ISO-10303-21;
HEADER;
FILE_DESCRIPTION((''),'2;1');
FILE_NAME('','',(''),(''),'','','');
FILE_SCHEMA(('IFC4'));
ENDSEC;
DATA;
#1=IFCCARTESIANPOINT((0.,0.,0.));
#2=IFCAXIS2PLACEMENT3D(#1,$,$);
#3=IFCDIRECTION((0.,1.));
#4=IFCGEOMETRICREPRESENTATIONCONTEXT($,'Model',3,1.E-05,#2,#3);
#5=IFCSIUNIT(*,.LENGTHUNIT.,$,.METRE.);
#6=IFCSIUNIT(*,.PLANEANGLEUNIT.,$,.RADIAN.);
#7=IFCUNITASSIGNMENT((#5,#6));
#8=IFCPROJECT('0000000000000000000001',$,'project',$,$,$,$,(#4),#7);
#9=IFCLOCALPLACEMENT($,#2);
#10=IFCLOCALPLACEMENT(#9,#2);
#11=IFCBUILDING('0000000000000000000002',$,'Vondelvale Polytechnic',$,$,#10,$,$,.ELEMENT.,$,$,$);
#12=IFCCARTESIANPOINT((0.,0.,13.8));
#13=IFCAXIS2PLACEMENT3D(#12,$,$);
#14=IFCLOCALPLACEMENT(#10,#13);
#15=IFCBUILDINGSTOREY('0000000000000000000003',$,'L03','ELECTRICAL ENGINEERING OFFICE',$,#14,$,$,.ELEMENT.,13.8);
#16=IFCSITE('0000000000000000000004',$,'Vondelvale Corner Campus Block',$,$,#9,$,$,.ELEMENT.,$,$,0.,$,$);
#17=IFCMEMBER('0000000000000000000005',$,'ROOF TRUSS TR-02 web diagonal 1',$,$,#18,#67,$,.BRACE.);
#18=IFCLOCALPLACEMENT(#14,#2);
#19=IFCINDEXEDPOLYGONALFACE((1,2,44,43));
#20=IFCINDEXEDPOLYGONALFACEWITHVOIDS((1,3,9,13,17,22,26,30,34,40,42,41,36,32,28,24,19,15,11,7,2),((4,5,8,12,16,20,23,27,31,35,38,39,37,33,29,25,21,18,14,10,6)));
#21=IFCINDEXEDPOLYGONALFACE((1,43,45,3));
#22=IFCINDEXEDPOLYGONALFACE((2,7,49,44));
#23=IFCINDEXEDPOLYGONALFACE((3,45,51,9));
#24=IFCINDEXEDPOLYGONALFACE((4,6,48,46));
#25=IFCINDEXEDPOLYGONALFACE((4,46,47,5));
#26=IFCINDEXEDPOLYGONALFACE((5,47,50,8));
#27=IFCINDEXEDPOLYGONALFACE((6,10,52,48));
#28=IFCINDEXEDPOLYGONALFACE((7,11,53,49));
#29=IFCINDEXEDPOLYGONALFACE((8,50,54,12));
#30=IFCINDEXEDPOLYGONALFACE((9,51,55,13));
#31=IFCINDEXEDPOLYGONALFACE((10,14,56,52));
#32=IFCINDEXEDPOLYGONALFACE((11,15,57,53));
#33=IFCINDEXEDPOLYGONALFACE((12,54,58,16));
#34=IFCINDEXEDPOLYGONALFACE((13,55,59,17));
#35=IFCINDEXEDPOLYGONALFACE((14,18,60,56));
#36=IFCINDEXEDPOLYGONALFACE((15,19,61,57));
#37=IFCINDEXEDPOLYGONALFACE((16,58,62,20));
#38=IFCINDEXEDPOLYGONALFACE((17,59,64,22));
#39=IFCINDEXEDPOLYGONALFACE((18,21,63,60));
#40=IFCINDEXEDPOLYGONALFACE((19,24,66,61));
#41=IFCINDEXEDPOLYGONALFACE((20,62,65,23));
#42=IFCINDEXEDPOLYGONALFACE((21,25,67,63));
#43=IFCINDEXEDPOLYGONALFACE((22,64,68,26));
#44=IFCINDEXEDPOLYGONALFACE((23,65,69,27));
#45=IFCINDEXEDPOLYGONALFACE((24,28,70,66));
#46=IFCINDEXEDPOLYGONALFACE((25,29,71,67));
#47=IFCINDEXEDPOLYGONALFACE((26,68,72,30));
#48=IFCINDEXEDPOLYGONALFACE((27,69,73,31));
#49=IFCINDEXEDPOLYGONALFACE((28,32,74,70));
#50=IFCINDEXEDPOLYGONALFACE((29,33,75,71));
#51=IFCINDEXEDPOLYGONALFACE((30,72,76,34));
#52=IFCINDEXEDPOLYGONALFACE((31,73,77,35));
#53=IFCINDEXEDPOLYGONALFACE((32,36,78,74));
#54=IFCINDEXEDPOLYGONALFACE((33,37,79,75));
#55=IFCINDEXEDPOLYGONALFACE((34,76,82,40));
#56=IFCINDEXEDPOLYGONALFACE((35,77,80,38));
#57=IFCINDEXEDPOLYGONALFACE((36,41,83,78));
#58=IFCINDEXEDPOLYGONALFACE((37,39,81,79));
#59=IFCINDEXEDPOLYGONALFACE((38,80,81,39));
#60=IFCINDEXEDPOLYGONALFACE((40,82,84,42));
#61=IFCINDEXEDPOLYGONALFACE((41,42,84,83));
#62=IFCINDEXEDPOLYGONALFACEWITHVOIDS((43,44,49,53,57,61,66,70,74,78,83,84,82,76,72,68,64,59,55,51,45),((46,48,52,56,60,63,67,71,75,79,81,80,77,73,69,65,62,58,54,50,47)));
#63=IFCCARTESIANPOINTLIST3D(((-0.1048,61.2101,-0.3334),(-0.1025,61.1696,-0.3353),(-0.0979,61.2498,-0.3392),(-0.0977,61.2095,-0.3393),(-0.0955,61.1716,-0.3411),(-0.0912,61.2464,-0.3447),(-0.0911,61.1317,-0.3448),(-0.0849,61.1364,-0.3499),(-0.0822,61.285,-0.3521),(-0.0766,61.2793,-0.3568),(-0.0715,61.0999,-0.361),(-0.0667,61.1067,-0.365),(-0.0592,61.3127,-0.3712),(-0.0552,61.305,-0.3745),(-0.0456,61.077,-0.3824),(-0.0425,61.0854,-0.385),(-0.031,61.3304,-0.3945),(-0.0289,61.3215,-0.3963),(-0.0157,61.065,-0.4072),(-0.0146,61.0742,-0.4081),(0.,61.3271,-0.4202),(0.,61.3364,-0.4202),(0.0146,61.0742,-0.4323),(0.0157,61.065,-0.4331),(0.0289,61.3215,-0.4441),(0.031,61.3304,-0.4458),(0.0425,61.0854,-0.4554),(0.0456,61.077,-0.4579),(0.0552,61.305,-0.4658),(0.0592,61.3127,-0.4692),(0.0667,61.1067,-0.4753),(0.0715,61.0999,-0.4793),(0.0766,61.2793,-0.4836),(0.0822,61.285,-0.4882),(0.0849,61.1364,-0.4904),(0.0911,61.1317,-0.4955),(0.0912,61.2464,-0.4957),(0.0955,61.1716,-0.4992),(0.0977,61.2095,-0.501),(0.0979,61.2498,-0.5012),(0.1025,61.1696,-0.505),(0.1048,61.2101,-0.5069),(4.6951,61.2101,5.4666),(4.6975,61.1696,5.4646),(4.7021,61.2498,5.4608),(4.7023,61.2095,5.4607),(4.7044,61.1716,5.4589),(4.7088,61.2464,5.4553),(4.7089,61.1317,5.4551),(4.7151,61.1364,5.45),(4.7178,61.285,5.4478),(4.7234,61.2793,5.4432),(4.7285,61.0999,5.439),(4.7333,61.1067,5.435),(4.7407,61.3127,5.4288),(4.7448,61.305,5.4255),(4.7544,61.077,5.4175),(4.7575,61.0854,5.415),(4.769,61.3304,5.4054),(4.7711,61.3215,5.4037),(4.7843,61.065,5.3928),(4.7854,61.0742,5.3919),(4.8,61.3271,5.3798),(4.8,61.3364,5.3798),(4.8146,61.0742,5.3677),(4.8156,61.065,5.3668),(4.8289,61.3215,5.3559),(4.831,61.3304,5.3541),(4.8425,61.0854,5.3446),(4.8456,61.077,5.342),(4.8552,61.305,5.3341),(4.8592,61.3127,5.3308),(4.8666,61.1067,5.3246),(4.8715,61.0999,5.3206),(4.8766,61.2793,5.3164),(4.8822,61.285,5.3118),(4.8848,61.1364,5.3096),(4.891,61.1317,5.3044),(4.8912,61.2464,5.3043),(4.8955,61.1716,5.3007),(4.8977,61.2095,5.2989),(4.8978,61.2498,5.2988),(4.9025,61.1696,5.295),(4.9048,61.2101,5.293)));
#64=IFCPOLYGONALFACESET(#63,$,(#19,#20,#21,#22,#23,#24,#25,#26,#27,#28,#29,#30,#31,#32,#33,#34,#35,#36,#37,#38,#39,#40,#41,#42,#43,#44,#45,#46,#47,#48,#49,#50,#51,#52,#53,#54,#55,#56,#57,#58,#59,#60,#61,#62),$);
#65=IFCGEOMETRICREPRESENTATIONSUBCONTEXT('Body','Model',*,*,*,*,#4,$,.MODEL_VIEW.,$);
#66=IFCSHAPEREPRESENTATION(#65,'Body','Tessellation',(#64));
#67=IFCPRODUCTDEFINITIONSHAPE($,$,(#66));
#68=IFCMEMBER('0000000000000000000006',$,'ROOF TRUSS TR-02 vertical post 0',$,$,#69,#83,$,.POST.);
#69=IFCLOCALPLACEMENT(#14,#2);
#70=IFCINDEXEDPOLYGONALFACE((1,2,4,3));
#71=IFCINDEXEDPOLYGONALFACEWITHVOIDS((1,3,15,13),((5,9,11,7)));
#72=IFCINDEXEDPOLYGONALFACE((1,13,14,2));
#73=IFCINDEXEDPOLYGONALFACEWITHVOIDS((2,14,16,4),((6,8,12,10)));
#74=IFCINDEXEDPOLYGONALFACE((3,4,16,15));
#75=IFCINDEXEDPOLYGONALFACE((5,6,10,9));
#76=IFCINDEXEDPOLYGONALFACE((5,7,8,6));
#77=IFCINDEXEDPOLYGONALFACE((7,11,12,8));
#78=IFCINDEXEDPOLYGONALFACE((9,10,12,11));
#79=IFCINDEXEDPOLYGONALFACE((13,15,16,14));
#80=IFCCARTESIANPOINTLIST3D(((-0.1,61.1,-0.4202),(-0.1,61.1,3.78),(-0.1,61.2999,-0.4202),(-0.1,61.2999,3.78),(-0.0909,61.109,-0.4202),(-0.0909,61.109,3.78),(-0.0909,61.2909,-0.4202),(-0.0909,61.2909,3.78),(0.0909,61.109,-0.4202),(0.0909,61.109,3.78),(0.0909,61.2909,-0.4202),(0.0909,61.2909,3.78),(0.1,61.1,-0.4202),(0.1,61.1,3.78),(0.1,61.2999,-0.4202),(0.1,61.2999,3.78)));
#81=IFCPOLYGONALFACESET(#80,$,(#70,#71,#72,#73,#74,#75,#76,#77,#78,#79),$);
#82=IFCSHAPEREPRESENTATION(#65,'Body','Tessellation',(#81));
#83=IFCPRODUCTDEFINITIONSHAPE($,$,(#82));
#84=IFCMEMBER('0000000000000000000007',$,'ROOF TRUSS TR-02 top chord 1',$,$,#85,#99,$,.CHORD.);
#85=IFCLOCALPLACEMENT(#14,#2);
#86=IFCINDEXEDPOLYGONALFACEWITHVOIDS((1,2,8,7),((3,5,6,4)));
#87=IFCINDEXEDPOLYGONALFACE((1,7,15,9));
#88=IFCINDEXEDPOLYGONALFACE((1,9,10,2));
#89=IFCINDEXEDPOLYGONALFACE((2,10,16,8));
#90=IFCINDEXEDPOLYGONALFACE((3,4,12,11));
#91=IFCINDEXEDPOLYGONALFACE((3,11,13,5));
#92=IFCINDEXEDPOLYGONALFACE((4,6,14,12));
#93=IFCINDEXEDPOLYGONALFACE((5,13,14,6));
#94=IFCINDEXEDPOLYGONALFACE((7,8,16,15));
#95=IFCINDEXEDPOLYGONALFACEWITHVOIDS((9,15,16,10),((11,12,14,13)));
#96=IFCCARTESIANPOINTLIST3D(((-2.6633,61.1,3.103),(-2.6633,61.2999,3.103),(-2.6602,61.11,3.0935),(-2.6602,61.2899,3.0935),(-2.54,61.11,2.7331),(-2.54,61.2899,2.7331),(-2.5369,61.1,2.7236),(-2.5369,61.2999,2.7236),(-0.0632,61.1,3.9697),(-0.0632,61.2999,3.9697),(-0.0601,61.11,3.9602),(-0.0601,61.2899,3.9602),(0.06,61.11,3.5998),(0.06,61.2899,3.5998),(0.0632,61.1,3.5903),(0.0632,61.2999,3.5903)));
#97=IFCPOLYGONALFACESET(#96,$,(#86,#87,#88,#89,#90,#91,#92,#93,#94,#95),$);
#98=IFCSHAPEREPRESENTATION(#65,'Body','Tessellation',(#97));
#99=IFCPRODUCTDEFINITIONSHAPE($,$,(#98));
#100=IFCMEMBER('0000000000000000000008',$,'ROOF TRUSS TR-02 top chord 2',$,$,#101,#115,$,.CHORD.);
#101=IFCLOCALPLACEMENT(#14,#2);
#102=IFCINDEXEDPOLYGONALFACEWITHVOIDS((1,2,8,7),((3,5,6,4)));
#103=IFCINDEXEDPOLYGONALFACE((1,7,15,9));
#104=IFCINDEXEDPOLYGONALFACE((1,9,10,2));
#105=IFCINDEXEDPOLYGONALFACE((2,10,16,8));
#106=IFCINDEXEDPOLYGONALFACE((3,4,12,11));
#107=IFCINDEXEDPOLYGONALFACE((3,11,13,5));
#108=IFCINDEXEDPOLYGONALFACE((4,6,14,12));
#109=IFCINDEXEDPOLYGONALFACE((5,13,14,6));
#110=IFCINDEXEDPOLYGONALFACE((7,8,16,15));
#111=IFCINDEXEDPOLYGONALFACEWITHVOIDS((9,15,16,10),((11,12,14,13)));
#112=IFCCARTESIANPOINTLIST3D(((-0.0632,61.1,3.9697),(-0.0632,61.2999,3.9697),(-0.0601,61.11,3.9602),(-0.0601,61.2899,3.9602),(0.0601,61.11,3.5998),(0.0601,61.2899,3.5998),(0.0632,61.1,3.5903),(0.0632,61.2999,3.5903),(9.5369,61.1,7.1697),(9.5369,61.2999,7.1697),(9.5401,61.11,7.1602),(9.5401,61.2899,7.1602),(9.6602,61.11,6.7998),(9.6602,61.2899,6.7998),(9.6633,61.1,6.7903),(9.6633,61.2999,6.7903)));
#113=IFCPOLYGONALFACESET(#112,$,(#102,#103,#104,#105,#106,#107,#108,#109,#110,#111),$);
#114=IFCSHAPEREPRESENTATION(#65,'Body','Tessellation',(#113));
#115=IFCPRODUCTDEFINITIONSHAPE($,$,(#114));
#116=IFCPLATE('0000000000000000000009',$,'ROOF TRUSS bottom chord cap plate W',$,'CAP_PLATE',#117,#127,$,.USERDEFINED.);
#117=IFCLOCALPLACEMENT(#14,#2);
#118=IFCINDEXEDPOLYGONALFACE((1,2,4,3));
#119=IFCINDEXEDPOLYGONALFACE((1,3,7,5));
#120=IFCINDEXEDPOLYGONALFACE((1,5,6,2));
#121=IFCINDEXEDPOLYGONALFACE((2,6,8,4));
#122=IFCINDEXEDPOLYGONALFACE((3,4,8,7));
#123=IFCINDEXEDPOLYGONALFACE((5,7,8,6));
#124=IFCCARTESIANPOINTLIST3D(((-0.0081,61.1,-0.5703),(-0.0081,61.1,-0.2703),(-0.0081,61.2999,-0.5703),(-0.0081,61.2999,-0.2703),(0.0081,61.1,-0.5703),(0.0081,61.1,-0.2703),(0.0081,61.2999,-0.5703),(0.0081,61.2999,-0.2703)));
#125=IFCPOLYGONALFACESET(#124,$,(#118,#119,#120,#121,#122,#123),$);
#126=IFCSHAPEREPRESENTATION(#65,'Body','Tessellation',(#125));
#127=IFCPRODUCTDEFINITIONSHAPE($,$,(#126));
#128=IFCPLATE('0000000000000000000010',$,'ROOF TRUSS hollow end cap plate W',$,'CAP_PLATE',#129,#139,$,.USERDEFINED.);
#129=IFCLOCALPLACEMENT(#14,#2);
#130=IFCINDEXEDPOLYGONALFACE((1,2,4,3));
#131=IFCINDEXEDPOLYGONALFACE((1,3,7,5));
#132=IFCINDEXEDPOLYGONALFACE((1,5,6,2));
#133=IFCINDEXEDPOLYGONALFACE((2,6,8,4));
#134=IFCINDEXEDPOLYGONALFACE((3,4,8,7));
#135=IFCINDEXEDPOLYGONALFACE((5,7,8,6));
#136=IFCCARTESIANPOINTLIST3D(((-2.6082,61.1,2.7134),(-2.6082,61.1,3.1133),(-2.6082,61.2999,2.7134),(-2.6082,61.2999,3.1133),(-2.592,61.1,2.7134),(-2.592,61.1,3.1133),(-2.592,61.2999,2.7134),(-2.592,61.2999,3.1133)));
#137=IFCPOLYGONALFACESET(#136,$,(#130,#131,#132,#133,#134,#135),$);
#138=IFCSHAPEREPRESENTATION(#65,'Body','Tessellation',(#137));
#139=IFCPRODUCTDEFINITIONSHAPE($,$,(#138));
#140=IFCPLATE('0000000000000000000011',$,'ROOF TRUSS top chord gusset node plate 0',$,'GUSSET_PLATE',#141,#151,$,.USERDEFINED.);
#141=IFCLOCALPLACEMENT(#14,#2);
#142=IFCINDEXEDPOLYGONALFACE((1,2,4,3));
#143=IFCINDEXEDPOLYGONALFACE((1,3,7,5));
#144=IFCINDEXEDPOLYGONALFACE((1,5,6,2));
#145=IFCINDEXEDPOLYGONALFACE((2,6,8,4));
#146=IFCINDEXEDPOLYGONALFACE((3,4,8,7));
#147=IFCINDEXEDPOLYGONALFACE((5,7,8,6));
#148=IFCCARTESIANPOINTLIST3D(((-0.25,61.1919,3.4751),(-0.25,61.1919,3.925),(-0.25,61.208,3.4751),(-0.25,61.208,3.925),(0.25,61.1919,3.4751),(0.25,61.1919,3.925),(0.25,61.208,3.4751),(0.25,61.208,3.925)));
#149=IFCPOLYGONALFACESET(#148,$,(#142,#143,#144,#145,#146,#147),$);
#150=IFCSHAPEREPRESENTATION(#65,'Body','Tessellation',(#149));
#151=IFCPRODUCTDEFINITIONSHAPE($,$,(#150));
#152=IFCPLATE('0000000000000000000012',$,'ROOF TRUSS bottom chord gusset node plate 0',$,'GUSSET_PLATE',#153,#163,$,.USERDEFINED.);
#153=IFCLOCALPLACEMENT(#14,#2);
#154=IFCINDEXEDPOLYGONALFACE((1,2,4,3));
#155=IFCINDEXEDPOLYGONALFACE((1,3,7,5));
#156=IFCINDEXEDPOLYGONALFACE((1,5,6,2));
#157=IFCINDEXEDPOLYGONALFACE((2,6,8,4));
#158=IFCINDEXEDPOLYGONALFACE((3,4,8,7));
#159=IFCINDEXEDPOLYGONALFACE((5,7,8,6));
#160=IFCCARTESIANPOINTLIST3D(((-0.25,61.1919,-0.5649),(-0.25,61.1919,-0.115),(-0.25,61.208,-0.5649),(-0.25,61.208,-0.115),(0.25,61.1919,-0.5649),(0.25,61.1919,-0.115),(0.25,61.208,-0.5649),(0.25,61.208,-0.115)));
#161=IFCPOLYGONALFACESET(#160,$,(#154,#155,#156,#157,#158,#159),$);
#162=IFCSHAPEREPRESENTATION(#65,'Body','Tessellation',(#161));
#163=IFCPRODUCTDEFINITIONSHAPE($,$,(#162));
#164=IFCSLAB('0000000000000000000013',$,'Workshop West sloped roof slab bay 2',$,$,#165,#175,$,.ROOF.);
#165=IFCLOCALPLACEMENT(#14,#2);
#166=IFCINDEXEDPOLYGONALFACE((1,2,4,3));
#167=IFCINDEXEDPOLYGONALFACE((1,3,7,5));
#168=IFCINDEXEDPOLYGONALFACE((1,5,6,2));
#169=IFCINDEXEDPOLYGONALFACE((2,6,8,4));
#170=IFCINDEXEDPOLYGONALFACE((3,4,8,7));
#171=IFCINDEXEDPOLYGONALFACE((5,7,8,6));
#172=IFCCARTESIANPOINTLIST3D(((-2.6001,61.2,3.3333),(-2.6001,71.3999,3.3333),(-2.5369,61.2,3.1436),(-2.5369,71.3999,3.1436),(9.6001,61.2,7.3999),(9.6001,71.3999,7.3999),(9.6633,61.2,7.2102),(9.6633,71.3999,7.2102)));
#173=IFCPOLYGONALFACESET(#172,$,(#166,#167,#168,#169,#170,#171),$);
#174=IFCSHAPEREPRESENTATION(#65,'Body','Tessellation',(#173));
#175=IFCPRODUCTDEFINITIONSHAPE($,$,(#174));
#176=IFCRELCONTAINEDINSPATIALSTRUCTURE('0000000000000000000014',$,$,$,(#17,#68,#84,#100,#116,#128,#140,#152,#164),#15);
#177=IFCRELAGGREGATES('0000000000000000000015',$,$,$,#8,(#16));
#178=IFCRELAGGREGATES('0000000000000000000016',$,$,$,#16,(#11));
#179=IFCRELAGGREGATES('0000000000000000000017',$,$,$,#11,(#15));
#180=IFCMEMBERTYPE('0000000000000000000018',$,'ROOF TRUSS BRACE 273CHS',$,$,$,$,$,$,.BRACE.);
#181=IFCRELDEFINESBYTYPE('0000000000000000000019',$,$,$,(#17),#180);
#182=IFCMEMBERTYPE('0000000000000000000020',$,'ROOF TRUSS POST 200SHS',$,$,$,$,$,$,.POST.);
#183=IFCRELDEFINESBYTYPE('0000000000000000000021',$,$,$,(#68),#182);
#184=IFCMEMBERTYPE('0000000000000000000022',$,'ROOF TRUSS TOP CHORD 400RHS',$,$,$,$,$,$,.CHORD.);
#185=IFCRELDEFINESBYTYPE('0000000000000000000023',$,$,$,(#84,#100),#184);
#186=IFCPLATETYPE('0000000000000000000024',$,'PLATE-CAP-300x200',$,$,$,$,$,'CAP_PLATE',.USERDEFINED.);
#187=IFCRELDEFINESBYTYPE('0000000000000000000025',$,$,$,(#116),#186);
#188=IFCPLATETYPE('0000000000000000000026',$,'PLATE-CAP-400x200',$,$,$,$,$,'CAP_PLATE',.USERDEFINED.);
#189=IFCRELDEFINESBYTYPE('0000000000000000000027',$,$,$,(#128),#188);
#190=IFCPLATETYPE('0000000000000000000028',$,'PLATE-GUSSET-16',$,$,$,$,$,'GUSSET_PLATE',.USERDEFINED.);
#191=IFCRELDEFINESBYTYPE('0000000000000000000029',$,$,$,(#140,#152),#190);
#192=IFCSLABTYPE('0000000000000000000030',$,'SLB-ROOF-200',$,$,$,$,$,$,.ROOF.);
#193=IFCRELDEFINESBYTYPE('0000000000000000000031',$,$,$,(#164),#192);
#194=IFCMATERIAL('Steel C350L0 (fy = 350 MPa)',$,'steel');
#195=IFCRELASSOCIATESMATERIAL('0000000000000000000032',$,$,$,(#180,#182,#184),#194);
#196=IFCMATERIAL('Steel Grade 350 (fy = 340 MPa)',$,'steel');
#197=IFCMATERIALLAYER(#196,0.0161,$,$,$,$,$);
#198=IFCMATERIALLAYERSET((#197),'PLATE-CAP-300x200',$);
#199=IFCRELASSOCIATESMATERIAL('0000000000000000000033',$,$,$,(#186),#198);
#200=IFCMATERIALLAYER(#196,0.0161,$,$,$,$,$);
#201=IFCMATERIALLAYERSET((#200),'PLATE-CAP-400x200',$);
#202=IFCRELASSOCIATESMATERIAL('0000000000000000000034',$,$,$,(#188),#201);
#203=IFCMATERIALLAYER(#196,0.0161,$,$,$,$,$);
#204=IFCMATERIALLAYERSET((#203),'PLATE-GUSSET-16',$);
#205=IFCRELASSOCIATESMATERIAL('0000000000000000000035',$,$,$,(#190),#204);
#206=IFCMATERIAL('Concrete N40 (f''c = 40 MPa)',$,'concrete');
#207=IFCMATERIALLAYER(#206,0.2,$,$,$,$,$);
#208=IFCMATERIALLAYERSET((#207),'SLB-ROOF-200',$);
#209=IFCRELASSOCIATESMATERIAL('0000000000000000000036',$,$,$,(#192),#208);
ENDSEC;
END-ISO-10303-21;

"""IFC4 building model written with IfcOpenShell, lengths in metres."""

from ifc_helpers import new_model, si_unit, direction, frame, origin, origin_2d, place, context, subcontext, project, spatial, polyline, rectangle, hollow_rectangle, hollow_circle, outline, extrude, material, layer, layer_set, material_profile, profile_set, type_object, element, save


model = new_model("IFC4")

# Units and contexts
model_context = context("Model", 3, precision=1e-05, world=origin(), true_north=direction((0.0, 1.0)))
body_context = subcontext(model_context, "Body", "Model", "MODEL_VIEW")
ifc_project = project(units=[si_unit("LENGTHUNIT", "METRE"), si_unit("PLANEANGLEUNIT", "RADIAN")], contexts=[model_context])

# Site, building, storey
site_placement = place(None, origin())
site = spatial("IfcSite", under=ifc_project, at=site_placement, Name="Vondelvale Corner Campus Block", CompositionType="ELEMENT", RefElevation=0.0)
building_placement = place(site_placement, origin())
building = spatial("IfcBuilding", under=site, at=building_placement, Name="Vondelvale Polytechnic", CompositionType="ELEMENT")
storey_placement = place(building_placement, frame((0.0, 0.0, 13.8)))
storey = spatial("IfcBuildingStorey", under=building, at=storey_placement, Name="L03", Description="ELECTRICAL ENGINEERING OFFICE", CompositionType="ELEMENT", Elevation=13.8)

# Members
ifc_material_1 = material(Name="Steel C350L0 (fy = 350 MPa)", Category="steel")
ifc_material_profile_1 = material_profile(ifc_material_1, hollow_circle(Radius=0.1365, WallThickness=0.0093, at=origin_2d()), Name="273.1x9.3CHS")
ifc_profile_set_1 = profile_set([ifc_material_profile_1], Name="Steel C350L0 (fy = 350 MPa)")
member_type_1 = type_object("IfcMemberType", Name="ROOF TRUSS BRACE 273CHS", PredefinedType="BRACE", material=ifc_profile_set_1)
member_1_placement = place(storey_placement, frame((0.0, 61.2, -0.4202), z_axis=(0.637568, 0.0, 0.770394), x_axis=(0.0, 1.0, 0.0)))
element("IfcMember", 1, at=member_1_placement, inside=storey, type_object=member_type_1, Name="ROOF TRUSS TR-02 web diagonal 1", PredefinedType="BRACE", context=body_context, shape_type="SweptSolid", body=[
    extrude(hollow_circle(Radius=0.1365, WallThickness=0.0093, at=origin_2d()), origin(), (0.0, 0.0, 1.0), 7.5286),
])
ifc_material_profile_2 = material_profile(ifc_material_1, hollow_rectangle(XDim=0.2, YDim=0.2, WallThickness=0.009, at=origin_2d()), Name="200x200x9.0SHS")
ifc_profile_set_2 = profile_set([ifc_material_profile_2], Name="Steel C350L0 (fy = 350 MPa)")
member_type_2 = type_object("IfcMemberType", Name="ROOF TRUSS POST 200SHS", PredefinedType="POST", material=ifc_profile_set_2)
member_2_placement = place(storey_placement, frame((0.0, 61.2, -0.4202), z_axis=(0.0, 0.0, 1.0), x_axis=(1.0, 0.0, 0.0)))
element("IfcMember", 2, at=member_2_placement, inside=storey, type_object=member_type_2, Name="ROOF TRUSS TR-02 vertical post 0", PredefinedType="POST", context=body_context, shape_type="SweptSolid", body=[
    extrude(hollow_rectangle(XDim=0.2, YDim=0.2, WallThickness=0.009, at=origin_2d()), origin(), (0.0, 0.0, 1.0), 4.2002),
])
ifc_material_profile_3 = material_profile(ifc_material_1, hollow_rectangle(XDim=0.2, YDim=0.3999, WallThickness=0.01, at=origin_2d()), Name="400x200x10.0RHS")
ifc_profile_set_3 = profile_set([ifc_material_profile_3], Name="Steel C350L0 (fy = 350 MPa)")
member_type_3 = type_object("IfcMemberType", Name="ROOF TRUSS TOP CHORD 400RHS", PredefinedType="CHORD", material=ifc_profile_set_3)
member_3_placement = place(storey_placement, frame((-2.6001, 61.2, 2.9133), z_axis=(0.948683, 0.0, 0.316228), x_axis=(0.0, 1.0, 0.0)))
element("IfcMember", 3, at=member_3_placement, inside=storey, type_object=member_type_3, Name="ROOF TRUSS TR-02 top chord 1", PredefinedType="CHORD", context=body_context, shape_type="SweptSolid", body=[
    extrude(hollow_rectangle(XDim=0.2, YDim=0.3999, WallThickness=0.01, at=origin_2d()), origin(), (0.0, 0.0, 1.0), 2.7407),
])
member_4_placement = place(storey_placement, frame((0.0, 61.2, 3.78), z_axis=(0.948686, 0.0, 0.316221), x_axis=(0.0, 1.0, 0.0)))
element("IfcMember", 4, at=member_4_placement, inside=storey, type_object=member_type_3, Name="ROOF TRUSS TR-02 top chord 2", PredefinedType="CHORD", context=body_context, shape_type="SweptSolid", body=[
    extrude(hollow_rectangle(XDim=0.2, YDim=0.3999, WallThickness=0.01, at=origin_2d()), origin(), (0.0, 0.0, 1.0), 10.1194),
])

# Plates
ifc_material_2 = material(Name="Steel Grade 350 (fy = 340 MPa)", Category="steel")
ifc_layer_1 = layer(ifc_material_2, 0.0161)
ifc_layer_set_1 = layer_set([ifc_layer_1], Name="PLATE-CAP-300x200")
plate_type_1 = type_object("IfcPlateType", Name="PLATE-CAP-300x200", ElementType="CAP_PLATE", PredefinedType="USERDEFINED", material=ifc_layer_set_1)
plate_1_placement = place(storey_placement, frame((0.0, 61.2, -0.5703), z_axis=(0.0, 0.0, 1.0), x_axis=(1.0, 0.0, 0.0)))
element("IfcPlate", 5, at=plate_1_placement, inside=storey, type_object=plate_type_1, Name="ROOF TRUSS bottom chord cap plate W", ObjectType="CAP_PLATE", PredefinedType="USERDEFINED", context=body_context, shape_type="SweptSolid", body=[
    extrude(rectangle(XDim=0.0161, YDim=0.2, at=origin_2d()), origin(), (0.0, 0.0, 1.0), 0.3),
])
ifc_layer_2 = layer(ifc_material_2, 0.0161)
ifc_layer_set_2 = layer_set([ifc_layer_2], Name="PLATE-CAP-400x200")
plate_type_2 = type_object("IfcPlateType", Name="PLATE-CAP-400x200", ElementType="CAP_PLATE", PredefinedType="USERDEFINED", material=ifc_layer_set_2)
plate_2_placement = place(storey_placement, frame((-2.6001, 61.2, 2.7134), z_axis=(0.0, 0.0, 1.0), x_axis=(1.0, 0.0, 0.0)))
element("IfcPlate", 6, at=plate_2_placement, inside=storey, type_object=plate_type_2, Name="ROOF TRUSS hollow end cap plate W", ObjectType="CAP_PLATE", PredefinedType="USERDEFINED", context=body_context, shape_type="SweptSolid", body=[
    extrude(rectangle(XDim=0.0161, YDim=0.2, at=origin_2d()), origin(), (0.0, 0.0, 1.0), 0.3999),
])
ifc_layer_3 = layer(ifc_material_2, 0.0161)
ifc_layer_set_3 = layer_set([ifc_layer_3], Name="PLATE-GUSSET-16")
plate_type_3 = type_object("IfcPlateType", Name="PLATE-GUSSET-16", ElementType="GUSSET_PLATE", PredefinedType="USERDEFINED", material=ifc_layer_set_3)
for number, where, z_axis, x_axis, name in (
    (7, (0.0, 61.2, 3.4751), (0.0, 0.0, 1.0), (1.0, 0.0, 0.0), "ROOF TRUSS top chord gusset node plate 0"),
    (8, (0.0, 61.2, -0.5649), (0.0, 0.0, 1.0), (1.0, 0.0, 0.0), "ROOF TRUSS bottom chord gusset node plate 0"),
):
    element("IfcPlate", number, at=place(storey_placement, frame(where, z_axis=z_axis, x_axis=x_axis)), inside=storey, type_object=plate_type_3, Name=name, ObjectType="GUSSET_PLATE", PredefinedType="USERDEFINED", context=body_context, shape_type="SweptSolid", body=[
        extrude(rectangle(XDim=0.5, YDim=0.0161, at=origin_2d()), origin(), (0.0, 0.0, 1.0), 0.45),
    ])

# Slab
ifc_material_3 = material(Name="Concrete N40 (f'c = 40 MPa)", Category="concrete")
ifc_layer_4 = layer(ifc_material_3, 0.2)
ifc_layer_set_4 = layer_set([ifc_layer_4], Name="SLB-ROOF-200")
slab_type = type_object("IfcSlabType", Name="SLB-ROOF-200", PredefinedType="ROOF", material=ifc_layer_set_4)
slab_placement = place(storey_placement, frame((-2.6001, 61.2, 3.3333), z_axis=(-0.316222, 0.0, 0.948685), x_axis=(0.948685, 0.0, 0.316222)))
element("IfcSlab", 9, at=slab_placement, inside=storey, type_object=slab_type, Name="Workshop West sloped roof slab bay 2", PredefinedType="ROOF", context=body_context, shape_type="SweptSolid", body=[
    extrude(outline(polyline([(0.0, 0.0), (12.8601, 0.0), (12.8601, 10.2), (0.0, 10.2), (0.0, 0.0)])), origin(), (0.0, 0.0, -1.0), 0.2),
])

save(model, "model.ifc")
